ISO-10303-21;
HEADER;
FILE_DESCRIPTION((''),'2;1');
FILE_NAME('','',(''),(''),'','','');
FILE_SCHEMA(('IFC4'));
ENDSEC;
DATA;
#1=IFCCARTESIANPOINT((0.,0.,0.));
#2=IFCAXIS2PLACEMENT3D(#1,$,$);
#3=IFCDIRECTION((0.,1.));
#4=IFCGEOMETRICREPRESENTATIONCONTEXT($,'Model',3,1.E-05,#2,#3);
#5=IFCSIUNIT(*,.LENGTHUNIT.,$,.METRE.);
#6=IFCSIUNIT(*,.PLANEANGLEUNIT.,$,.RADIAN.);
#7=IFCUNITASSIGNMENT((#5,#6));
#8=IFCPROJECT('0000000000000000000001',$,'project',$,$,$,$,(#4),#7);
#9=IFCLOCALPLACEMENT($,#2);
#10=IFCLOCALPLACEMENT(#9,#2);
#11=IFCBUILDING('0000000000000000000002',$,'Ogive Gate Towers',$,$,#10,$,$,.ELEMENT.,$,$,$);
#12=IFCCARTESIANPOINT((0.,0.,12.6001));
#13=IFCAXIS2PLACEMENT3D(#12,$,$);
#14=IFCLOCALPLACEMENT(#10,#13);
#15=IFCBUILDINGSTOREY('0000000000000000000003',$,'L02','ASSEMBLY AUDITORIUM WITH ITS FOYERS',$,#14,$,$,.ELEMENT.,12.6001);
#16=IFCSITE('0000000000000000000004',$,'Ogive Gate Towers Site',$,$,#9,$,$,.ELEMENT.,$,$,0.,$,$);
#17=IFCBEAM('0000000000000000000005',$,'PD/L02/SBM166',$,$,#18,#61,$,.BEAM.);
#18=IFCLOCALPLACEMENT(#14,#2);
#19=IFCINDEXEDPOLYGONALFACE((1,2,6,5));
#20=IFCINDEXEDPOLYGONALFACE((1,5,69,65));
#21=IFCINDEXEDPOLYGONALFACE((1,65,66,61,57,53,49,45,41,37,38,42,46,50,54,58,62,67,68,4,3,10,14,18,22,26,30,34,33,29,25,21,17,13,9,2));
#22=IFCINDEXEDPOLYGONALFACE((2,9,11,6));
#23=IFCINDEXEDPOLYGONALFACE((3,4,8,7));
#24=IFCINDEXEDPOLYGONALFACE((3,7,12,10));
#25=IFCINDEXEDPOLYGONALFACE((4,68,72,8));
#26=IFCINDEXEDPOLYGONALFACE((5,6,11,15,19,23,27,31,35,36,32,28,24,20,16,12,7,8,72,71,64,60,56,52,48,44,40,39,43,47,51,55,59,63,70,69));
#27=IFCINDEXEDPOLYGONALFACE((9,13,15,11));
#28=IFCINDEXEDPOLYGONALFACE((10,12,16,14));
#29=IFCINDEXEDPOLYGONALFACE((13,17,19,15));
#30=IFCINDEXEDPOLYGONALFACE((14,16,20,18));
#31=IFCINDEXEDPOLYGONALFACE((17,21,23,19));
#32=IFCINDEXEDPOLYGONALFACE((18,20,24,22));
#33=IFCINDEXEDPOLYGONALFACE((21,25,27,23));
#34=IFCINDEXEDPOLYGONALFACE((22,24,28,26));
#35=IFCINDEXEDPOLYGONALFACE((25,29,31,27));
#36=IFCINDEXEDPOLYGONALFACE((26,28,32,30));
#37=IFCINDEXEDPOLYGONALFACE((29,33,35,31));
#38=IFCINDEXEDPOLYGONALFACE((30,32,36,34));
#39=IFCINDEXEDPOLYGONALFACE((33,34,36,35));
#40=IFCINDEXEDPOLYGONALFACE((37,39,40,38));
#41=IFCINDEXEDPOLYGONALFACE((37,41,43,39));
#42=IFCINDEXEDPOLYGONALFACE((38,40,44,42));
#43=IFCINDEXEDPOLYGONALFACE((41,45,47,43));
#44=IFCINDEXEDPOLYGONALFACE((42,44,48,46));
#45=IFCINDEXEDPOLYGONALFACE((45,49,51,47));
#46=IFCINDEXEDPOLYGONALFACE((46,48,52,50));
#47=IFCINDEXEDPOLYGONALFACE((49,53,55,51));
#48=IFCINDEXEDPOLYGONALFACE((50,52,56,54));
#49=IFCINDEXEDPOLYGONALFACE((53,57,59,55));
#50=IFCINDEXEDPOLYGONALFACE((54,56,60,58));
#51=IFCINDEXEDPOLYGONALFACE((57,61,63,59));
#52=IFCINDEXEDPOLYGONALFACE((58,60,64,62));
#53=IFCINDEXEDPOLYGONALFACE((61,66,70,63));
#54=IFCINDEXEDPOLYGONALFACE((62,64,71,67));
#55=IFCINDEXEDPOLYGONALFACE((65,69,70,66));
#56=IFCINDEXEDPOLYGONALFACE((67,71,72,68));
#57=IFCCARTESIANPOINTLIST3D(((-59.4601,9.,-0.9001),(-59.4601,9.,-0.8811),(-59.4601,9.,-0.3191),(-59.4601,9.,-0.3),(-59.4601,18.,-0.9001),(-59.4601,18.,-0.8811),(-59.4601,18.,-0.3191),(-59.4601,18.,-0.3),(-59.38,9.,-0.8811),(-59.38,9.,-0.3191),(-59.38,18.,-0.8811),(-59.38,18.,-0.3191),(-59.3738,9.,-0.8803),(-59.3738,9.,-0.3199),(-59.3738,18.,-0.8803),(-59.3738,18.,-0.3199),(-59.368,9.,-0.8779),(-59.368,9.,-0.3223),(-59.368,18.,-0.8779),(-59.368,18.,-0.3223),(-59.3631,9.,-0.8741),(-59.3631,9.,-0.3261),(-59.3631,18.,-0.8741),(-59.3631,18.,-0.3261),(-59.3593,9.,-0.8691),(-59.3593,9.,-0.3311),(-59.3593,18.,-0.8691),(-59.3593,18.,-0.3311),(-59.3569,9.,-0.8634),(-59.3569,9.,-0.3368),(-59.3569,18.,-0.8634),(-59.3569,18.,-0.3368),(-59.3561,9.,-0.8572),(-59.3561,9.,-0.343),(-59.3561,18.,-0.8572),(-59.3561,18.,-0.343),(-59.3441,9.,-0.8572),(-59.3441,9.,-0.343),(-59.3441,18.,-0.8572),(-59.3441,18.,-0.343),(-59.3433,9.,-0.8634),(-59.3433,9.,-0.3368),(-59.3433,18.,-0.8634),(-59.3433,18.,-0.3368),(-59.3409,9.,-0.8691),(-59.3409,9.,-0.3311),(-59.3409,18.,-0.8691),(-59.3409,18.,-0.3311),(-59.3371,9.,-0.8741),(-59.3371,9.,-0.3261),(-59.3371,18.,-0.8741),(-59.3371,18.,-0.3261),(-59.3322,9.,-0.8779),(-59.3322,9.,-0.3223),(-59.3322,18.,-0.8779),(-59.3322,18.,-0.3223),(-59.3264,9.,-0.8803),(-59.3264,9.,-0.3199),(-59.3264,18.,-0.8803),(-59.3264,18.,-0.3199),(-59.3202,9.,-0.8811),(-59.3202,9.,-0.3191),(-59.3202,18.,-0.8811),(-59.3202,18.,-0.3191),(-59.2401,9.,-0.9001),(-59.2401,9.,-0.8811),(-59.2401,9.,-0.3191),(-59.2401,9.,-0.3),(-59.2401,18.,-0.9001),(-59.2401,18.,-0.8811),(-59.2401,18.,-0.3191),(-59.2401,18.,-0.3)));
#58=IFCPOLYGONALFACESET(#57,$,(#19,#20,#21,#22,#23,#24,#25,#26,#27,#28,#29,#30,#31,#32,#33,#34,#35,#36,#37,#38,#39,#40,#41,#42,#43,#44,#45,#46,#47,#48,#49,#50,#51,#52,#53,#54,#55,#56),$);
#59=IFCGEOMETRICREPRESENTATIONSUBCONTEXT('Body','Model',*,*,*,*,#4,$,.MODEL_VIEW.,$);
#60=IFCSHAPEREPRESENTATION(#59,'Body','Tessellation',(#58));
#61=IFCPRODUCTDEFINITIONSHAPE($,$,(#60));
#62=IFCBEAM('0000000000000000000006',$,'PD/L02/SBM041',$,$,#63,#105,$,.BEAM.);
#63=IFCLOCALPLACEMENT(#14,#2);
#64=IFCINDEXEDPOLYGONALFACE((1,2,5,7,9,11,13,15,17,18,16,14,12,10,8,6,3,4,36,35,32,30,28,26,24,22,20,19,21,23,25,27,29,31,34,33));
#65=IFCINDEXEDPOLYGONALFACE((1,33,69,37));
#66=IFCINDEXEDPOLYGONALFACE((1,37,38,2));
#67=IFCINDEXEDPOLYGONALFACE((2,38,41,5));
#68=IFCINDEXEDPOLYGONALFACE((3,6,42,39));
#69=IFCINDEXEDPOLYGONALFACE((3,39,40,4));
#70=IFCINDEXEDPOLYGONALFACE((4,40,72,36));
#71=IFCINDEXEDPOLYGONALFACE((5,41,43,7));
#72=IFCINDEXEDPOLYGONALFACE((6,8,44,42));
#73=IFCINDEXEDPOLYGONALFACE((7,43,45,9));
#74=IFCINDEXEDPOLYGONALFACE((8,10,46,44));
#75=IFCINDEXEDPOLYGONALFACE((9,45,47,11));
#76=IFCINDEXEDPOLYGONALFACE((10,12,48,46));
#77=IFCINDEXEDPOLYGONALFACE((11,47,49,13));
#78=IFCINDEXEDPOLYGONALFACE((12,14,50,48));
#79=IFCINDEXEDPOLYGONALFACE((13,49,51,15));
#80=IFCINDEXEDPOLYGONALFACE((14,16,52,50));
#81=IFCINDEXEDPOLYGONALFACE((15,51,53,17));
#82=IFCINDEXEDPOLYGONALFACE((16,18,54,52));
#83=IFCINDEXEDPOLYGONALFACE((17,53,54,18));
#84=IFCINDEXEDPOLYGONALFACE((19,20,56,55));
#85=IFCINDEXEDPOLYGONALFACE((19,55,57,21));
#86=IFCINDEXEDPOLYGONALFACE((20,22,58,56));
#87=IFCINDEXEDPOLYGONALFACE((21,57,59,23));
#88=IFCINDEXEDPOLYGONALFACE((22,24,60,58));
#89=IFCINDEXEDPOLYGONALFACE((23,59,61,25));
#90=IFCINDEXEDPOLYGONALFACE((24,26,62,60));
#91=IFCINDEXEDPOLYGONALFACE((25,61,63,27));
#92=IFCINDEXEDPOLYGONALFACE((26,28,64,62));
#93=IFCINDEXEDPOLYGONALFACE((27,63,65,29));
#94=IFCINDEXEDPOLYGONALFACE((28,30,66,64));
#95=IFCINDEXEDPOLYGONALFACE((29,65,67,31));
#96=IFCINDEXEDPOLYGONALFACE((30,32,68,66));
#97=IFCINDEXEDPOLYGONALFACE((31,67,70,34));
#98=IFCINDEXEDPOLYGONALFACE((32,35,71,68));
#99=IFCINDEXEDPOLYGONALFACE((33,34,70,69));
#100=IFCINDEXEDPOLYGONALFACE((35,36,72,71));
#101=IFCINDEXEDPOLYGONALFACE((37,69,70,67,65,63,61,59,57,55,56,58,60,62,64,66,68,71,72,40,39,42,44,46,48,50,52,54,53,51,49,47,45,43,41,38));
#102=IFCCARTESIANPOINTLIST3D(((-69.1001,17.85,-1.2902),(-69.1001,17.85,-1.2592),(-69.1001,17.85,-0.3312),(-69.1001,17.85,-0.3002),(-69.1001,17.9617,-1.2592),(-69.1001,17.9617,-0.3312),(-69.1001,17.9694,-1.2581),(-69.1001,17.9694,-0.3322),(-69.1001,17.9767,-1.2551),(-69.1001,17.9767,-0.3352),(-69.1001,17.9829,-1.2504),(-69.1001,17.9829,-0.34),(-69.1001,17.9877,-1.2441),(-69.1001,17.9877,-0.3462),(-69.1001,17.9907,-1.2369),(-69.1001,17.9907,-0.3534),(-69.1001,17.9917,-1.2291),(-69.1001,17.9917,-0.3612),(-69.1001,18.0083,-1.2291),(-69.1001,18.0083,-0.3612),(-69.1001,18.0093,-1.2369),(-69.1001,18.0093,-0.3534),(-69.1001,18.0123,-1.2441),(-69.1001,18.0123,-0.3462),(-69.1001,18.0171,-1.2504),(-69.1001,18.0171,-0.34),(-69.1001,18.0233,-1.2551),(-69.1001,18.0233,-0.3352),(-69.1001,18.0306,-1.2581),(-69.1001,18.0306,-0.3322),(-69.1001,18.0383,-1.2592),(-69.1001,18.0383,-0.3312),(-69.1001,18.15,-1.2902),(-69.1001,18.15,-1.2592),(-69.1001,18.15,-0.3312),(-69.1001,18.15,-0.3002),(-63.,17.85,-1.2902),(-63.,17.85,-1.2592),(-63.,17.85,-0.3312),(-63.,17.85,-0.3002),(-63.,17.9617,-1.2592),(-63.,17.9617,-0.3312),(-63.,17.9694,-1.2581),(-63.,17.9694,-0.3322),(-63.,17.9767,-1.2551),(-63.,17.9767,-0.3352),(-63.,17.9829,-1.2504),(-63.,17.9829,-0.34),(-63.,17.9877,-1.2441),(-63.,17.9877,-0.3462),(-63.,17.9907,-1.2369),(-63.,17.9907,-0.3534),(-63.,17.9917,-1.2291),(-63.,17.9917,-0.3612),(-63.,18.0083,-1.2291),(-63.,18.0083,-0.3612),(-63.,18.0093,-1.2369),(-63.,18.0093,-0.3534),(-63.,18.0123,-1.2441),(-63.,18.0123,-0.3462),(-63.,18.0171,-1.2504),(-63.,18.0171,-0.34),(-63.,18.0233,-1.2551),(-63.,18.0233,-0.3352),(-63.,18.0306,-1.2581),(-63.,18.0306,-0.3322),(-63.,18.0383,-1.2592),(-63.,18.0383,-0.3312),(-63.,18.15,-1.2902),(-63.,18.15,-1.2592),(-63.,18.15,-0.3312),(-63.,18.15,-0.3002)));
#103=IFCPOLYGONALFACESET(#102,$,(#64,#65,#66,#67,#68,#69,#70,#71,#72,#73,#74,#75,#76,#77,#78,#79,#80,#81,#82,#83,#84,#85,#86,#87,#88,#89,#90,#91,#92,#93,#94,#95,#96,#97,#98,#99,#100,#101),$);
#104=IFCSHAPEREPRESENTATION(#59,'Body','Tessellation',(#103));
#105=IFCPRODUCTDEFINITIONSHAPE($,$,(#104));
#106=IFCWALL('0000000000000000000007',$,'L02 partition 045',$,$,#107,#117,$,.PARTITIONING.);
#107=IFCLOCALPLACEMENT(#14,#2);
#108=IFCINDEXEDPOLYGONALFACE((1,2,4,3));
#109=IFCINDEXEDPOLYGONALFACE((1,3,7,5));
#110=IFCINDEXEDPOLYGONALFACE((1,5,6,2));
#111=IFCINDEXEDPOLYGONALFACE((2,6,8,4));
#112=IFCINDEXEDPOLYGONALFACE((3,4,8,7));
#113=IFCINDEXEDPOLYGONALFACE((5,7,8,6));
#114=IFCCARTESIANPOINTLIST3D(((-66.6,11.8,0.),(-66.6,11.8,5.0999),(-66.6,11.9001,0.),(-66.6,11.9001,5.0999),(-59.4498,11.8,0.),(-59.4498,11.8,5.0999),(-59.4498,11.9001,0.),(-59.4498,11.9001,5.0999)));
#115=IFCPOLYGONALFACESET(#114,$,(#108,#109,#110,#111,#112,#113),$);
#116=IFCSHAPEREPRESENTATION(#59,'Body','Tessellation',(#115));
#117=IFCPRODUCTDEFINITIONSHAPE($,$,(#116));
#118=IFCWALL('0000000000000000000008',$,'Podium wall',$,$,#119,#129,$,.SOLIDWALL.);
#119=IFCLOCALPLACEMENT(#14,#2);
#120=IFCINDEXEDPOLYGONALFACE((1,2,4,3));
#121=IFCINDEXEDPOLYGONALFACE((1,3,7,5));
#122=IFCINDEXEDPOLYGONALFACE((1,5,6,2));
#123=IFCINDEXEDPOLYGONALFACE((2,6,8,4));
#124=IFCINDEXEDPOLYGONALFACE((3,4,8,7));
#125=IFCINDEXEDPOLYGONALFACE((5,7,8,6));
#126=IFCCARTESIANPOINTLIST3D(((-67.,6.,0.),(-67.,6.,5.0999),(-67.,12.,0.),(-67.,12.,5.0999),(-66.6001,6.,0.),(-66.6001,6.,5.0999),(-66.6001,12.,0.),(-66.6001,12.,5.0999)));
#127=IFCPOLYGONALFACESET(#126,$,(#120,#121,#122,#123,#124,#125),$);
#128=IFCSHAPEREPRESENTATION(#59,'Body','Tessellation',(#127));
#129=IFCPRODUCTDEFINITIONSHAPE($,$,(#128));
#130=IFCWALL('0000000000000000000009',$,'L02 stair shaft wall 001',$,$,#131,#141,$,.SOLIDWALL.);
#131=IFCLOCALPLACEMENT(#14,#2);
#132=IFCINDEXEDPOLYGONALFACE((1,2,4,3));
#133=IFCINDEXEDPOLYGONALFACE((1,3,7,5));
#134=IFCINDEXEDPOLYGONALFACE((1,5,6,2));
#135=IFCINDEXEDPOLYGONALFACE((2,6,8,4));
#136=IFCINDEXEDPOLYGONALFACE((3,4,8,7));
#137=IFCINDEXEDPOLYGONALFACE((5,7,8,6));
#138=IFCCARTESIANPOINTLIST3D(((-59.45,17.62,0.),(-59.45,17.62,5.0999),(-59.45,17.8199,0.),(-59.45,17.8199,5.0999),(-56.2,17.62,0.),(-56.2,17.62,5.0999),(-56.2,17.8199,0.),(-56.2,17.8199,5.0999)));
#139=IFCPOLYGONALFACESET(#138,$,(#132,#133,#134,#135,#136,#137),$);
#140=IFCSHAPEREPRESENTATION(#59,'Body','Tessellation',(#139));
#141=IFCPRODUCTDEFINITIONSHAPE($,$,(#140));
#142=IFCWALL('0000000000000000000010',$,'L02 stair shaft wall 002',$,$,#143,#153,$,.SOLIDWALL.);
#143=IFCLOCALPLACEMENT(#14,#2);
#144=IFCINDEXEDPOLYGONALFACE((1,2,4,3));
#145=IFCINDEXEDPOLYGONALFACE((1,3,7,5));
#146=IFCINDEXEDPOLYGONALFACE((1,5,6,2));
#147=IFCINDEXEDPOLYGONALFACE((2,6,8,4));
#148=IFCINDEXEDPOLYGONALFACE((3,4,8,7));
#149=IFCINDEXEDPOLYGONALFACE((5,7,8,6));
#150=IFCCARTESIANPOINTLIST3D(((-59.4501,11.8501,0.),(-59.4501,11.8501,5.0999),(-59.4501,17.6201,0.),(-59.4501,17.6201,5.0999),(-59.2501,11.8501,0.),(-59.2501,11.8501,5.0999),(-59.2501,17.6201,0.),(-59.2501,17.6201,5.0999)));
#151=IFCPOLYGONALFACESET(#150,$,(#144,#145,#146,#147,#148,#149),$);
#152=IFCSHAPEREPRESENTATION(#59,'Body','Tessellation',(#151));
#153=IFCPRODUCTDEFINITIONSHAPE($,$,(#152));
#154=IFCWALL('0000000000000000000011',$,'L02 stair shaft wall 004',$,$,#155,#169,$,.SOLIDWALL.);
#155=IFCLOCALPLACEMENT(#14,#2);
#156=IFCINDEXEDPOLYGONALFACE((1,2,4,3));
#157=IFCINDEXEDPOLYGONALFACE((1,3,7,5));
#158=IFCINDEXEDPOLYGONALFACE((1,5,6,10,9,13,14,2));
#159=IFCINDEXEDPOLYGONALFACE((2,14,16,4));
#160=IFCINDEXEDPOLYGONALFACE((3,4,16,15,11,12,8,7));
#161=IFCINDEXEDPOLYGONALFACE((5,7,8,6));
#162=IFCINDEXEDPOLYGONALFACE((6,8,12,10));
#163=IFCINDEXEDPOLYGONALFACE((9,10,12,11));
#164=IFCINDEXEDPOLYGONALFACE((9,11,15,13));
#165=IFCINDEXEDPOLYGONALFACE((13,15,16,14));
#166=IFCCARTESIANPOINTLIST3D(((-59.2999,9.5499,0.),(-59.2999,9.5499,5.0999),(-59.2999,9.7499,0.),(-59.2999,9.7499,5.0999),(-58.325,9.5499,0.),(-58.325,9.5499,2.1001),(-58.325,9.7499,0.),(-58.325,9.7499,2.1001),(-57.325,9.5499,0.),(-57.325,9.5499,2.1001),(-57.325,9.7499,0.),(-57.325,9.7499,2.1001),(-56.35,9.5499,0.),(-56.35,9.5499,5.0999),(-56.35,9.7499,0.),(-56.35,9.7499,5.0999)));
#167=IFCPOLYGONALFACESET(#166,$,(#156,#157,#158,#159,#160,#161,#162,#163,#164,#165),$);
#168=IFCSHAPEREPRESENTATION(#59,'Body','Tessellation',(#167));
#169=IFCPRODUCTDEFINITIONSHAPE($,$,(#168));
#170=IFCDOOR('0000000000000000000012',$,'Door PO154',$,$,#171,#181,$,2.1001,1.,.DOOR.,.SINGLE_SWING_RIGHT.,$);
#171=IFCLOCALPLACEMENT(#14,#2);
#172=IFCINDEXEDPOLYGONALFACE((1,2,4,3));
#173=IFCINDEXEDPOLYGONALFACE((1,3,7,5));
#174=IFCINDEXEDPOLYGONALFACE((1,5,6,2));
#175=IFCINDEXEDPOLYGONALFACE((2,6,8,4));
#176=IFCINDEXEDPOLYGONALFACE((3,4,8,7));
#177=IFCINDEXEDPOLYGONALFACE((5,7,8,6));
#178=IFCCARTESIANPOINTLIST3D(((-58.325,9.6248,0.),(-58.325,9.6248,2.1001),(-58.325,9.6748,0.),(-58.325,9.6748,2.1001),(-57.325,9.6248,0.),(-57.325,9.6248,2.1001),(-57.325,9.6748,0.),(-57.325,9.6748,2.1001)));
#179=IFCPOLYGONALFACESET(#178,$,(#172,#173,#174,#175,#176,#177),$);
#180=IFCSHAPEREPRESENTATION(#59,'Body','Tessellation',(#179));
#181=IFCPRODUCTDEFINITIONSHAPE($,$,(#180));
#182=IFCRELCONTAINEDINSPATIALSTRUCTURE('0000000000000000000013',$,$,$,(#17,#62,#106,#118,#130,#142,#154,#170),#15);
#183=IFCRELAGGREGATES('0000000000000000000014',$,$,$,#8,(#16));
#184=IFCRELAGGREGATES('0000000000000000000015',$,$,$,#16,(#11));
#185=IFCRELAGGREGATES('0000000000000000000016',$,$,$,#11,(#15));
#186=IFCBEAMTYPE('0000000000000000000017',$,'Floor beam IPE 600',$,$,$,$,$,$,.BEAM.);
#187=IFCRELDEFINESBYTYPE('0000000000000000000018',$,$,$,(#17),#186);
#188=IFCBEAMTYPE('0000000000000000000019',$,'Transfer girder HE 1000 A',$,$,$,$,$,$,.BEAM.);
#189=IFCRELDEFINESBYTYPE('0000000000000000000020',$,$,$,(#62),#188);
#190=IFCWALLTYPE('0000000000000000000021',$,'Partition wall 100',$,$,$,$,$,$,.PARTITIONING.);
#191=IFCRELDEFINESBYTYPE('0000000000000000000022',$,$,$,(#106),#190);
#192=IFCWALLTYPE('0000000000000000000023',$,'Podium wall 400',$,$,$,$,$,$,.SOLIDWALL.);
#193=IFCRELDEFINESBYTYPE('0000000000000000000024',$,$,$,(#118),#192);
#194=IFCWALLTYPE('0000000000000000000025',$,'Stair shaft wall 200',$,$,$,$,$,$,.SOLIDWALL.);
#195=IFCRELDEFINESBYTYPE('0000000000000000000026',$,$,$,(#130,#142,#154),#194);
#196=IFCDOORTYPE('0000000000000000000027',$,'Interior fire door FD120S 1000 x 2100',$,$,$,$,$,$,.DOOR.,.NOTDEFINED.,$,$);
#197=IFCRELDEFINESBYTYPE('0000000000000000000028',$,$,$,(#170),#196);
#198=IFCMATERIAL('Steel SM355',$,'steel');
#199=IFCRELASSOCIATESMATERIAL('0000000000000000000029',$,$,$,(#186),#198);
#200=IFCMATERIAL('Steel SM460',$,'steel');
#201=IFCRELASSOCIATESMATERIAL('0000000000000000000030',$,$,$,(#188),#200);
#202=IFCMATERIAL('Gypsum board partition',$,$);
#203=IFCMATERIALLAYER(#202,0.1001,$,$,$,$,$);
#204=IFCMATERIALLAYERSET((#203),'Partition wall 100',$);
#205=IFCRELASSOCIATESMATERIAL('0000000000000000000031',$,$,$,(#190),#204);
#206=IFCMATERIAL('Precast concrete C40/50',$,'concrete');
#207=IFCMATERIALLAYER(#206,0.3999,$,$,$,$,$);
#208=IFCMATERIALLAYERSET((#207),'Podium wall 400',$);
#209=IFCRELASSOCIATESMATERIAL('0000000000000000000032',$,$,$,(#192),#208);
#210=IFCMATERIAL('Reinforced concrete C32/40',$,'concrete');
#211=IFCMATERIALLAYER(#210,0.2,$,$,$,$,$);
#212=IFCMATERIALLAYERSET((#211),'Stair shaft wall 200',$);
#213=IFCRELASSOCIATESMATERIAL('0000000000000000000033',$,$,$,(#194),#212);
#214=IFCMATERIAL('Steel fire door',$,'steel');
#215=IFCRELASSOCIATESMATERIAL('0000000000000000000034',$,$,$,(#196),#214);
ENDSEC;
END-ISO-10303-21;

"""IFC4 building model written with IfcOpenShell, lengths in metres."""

from ifc_helpers import new_model, si_unit, direction, frame, frame_2d, origin, origin_2d, place, context, subcontext, project, spatial, rectangle, i_section, extrude, material, layer, layer_set, material_profile, profile_set, type_object, element, fill, save


model = new_model("IFC4")

# Units and contexts
model_context = context("Model", 3, precision=1e-05, world=origin(), true_north=direction((0.0, 1.0)))
body_context = subcontext(model_context, "Body", "Model", "MODEL_VIEW")
ifc_project = project(units=[si_unit("LENGTHUNIT", "METRE"), si_unit("PLANEANGLEUNIT", "RADIAN")], contexts=[model_context])

# Site, building, storey
site_placement = place(None, origin())
site = spatial("IfcSite", under=ifc_project, at=site_placement, Name="Ogive Gate Towers Site", CompositionType="ELEMENT", RefElevation=0.0)
building_placement = place(site_placement, origin())
building = spatial("IfcBuilding", under=site, at=building_placement, Name="Ogive Gate Towers", CompositionType="ELEMENT")
storey_placement = place(building_placement, frame((0.0, 0.0, 12.6001)))
storey = spatial("IfcBuildingStorey", under=building, at=storey_placement, Name="L02", Description="ASSEMBLY AUDITORIUM WITH ITS FOYERS", CompositionType="ELEMENT", Elevation=12.6001)

# Beams
ifc_material_1 = material(Name="Steel SM355", Category="steel")
ifc_material_profile_1 = material_profile(ifc_material_1, i_section(OverallWidth=0.22, OverallDepth=0.6001, WebThickness=0.012, FlangeThickness=0.019, FilletRadius=0.0239, at=origin_2d()), Name="IPE 600")
ifc_profile_set_1 = profile_set([ifc_material_profile_1], Name="Steel SM355")
beam_type_1 = type_object("IfcBeamType", Name="Floor beam IPE 600", PredefinedType="BEAM", material=ifc_profile_set_1)
for number, where, z_axis, x_axis, name in (
    (1, (-59.3501, 9.0, -0.6001), (0.0, 1.0, 0.0), (-1.0, 0.0, 0.0), "PD/L02/SBM166"),
):
    element("IfcBeam", number, at=place(storey_placement, frame(where, z_axis=z_axis, x_axis=x_axis)), inside=storey, type_object=beam_type_1, Name=name, PredefinedType="BEAM", context=body_context, shape_type="SweptSolid", body=[
        extrude(i_section(OverallWidth=0.22, OverallDepth=0.6001, WebThickness=0.012, FlangeThickness=0.019, FilletRadius=0.0239, at=origin_2d()), origin(), (0.0, 0.0, 1.0), 9.0),
    ])
ifc_material_2 = material(Name="Steel SM460", Category="steel")
ifc_material_profile_2 = material_profile(ifc_material_2, i_section(OverallWidth=0.3, OverallDepth=0.99, WebThickness=0.0166, FlangeThickness=0.031, FilletRadius=0.03, at=origin_2d()), Name="HE 1000 A")
ifc_profile_set_2 = profile_set([ifc_material_profile_2], Name="Steel SM460")
beam_type_2 = type_object("IfcBeamType", Name="Transfer girder HE 1000 A", PredefinedType="BEAM", material=ifc_profile_set_2)
beam_1_placement = place(storey_placement, frame((-69.1001, 18.0, -0.7952), z_axis=(1.0, 0.0, 0.0), x_axis=(0.0, 1.0, 0.0)))
element("IfcBeam", 2, at=beam_1_placement, inside=storey, type_object=beam_type_2, Name="PD/L02/SBM041", PredefinedType="BEAM", context=body_context, shape_type="SweptSolid", body=[
    extrude(i_section(OverallWidth=0.3, OverallDepth=0.99, WebThickness=0.0166, FlangeThickness=0.031, FilletRadius=0.03, at=origin_2d()), origin(), (0.0, 0.0, 1.0), 6.1001),
])

# Walls
ifc_material_3 = material(Name="Gypsum board partition")
ifc_layer_1 = layer(ifc_material_3, 0.1001)
ifc_layer_set_1 = layer_set([ifc_layer_1], Name="Partition wall 100")
wall_type_1 = type_object("IfcWallType", Name="Partition wall 100", PredefinedType="PARTITIONING", material=ifc_layer_set_1)
wall_1_placement = place(storey_placement, frame((-66.6001, 11.8501, 0.0), z_axis=(0.0, 0.0, 1.0), x_axis=(1.0, 0.0, 0.0)))
element("IfcWall", 3, at=wall_1_placement, inside=storey, type_object=wall_type_1, Name="L02 partition 045", PredefinedType="PARTITIONING", context=body_context, shape_type="SweptSolid", body=[
    extrude(rectangle(XDim=7.1501, YDim=0.1001, at=frame_2d((3.5752, 0.0))), origin(), (0.0, 0.0, 1.0), 5.0999),
])
ifc_material_4 = material(Name="Precast concrete C40/50", Category="concrete")
ifc_layer_2 = layer(ifc_material_4, 0.3999)
ifc_layer_set_2 = layer_set([ifc_layer_2], Name="Podium wall 400")
wall_type_2 = type_object("IfcWallType", Name="Podium wall 400", PredefinedType="SOLIDWALL", material=ifc_layer_set_2)
wall_2_placement = place(storey_placement, frame((-66.8, 12.0, 0.0), z_axis=(0.0, 0.0, 1.0), x_axis=(0.0, -1.0, 0.0)))
element("IfcWall", 4, at=wall_2_placement, inside=storey, type_object=wall_type_2, Name="Podium wall", PredefinedType="SOLIDWALL", context=body_context, shape_type="SweptSolid", body=[
    extrude(rectangle(XDim=6.0, YDim=0.3999, at=frame_2d((3.0, 0.0))), origin(), (0.0, 0.0, 1.0), 5.0999),
])
ifc_material_5 = material(Name="Reinforced concrete C32/40", Category="concrete")
ifc_layer_3 = layer(ifc_material_5, 0.2)
ifc_layer_set_3 = layer_set([ifc_layer_3], Name="Stair shaft wall 200")
wall_type_3 = type_object("IfcWallType", Name="Stair shaft wall 200", PredefinedType="SOLIDWALL", material=ifc_layer_set_3)
wall_3_placement = place(storey_placement, frame((-59.45, 17.72, 0.0), z_axis=(0.0, 0.0, 1.0), x_axis=(1.0, 0.0, 0.0)))
element("IfcWall", 5, at=wall_3_placement, inside=storey, type_object=wall_type_3, Name="L02 stair shaft wall 001", PredefinedType="SOLIDWALL", context=body_context, shape_type="SweptSolid", body=[
    extrude(rectangle(XDim=3.25, YDim=0.2, at=frame_2d((1.625, 0.0))), origin(), (0.0, 0.0, 1.0), 5.0999),
])
wall_4_placement = place(storey_placement, frame((-59.3501, 11.8501, 0.0), z_axis=(0.0, 0.0, 1.0), x_axis=(0.0, 1.0, 0.0)))
element("IfcWall", 6, at=wall_4_placement, inside=storey, type_object=wall_type_3, Name="L02 stair shaft wall 002", PredefinedType="SOLIDWALL", context=body_context, shape_type="SweptSolid", body=[
    extrude(rectangle(XDim=5.77, YDim=0.2, at=frame_2d((2.885, 0.0))), origin(), (0.0, 0.0, 1.0), 5.0999),
])

# Wall, opening, door
wall_5_placement = place(storey_placement, frame((-59.3, 9.6499, 0.0), z_axis=(0.0, 0.0, 1.0), x_axis=(1.0, 0.0, 0.0)))
wall_5 = element("IfcWall", 7, at=wall_5_placement, inside=storey, type_object=wall_type_3, Name="L02 stair shaft wall 004", PredefinedType="SOLIDWALL", context=body_context, shape_type="SweptSolid", body=[
    extrude(rectangle(XDim=2.95, YDim=0.2, at=frame_2d((1.4751, 0.0))), origin(), (0.0, 0.0, 1.0), 5.0999),
])
opening_placement = place(wall_5_placement, frame((0.9751, 0.0, 0.0)))
opening = element("IfcOpeningElement", 8, at=opening_placement, cuts=wall_5, PredefinedType="OPENING", context=body_context, shape_type="SweptSolid", body=[
    extrude(rectangle(XDim=1.0, YDim=2.1001, at=frame_2d((0.5, 1.05))), frame((0.0, 0.1099, 0.0), z_axis=(0.0, -1.0, 0.0), x_axis=(1.0, 0.0, 0.0)), (0.0, 0.0, 1.0), 0.22),
])
ifc_material_6 = material(Name="Steel fire door", Category="steel")
door_type = type_object("IfcDoorType", Name="Interior fire door FD120S 1000 x 2100", OperationType="NOTDEFINED", PredefinedType="DOOR", material=ifc_material_6)
door_placement = place(opening_placement, origin())
door = element("IfcDoor", 9, at=door_placement, inside=storey, type_object=door_type, Name="Door PO154", OperationType="SINGLE_SWING_RIGHT", OverallHeight=2.1001, OverallWidth=1.0, PredefinedType="DOOR", context=body_context, shape_type="SweptSolid", body=[
    extrude(rectangle(XDim=1.0, YDim=2.1001, at=frame_2d((0.5, 1.05))), frame((0.0, 0.0249, 0.0), z_axis=(0.0, -1.0, 0.0), x_axis=(1.0, 0.0, 0.0)), (0.0, 0.0, 1.0), 0.05),
])
fill(opening, door)

save(model, "model.ifc")
